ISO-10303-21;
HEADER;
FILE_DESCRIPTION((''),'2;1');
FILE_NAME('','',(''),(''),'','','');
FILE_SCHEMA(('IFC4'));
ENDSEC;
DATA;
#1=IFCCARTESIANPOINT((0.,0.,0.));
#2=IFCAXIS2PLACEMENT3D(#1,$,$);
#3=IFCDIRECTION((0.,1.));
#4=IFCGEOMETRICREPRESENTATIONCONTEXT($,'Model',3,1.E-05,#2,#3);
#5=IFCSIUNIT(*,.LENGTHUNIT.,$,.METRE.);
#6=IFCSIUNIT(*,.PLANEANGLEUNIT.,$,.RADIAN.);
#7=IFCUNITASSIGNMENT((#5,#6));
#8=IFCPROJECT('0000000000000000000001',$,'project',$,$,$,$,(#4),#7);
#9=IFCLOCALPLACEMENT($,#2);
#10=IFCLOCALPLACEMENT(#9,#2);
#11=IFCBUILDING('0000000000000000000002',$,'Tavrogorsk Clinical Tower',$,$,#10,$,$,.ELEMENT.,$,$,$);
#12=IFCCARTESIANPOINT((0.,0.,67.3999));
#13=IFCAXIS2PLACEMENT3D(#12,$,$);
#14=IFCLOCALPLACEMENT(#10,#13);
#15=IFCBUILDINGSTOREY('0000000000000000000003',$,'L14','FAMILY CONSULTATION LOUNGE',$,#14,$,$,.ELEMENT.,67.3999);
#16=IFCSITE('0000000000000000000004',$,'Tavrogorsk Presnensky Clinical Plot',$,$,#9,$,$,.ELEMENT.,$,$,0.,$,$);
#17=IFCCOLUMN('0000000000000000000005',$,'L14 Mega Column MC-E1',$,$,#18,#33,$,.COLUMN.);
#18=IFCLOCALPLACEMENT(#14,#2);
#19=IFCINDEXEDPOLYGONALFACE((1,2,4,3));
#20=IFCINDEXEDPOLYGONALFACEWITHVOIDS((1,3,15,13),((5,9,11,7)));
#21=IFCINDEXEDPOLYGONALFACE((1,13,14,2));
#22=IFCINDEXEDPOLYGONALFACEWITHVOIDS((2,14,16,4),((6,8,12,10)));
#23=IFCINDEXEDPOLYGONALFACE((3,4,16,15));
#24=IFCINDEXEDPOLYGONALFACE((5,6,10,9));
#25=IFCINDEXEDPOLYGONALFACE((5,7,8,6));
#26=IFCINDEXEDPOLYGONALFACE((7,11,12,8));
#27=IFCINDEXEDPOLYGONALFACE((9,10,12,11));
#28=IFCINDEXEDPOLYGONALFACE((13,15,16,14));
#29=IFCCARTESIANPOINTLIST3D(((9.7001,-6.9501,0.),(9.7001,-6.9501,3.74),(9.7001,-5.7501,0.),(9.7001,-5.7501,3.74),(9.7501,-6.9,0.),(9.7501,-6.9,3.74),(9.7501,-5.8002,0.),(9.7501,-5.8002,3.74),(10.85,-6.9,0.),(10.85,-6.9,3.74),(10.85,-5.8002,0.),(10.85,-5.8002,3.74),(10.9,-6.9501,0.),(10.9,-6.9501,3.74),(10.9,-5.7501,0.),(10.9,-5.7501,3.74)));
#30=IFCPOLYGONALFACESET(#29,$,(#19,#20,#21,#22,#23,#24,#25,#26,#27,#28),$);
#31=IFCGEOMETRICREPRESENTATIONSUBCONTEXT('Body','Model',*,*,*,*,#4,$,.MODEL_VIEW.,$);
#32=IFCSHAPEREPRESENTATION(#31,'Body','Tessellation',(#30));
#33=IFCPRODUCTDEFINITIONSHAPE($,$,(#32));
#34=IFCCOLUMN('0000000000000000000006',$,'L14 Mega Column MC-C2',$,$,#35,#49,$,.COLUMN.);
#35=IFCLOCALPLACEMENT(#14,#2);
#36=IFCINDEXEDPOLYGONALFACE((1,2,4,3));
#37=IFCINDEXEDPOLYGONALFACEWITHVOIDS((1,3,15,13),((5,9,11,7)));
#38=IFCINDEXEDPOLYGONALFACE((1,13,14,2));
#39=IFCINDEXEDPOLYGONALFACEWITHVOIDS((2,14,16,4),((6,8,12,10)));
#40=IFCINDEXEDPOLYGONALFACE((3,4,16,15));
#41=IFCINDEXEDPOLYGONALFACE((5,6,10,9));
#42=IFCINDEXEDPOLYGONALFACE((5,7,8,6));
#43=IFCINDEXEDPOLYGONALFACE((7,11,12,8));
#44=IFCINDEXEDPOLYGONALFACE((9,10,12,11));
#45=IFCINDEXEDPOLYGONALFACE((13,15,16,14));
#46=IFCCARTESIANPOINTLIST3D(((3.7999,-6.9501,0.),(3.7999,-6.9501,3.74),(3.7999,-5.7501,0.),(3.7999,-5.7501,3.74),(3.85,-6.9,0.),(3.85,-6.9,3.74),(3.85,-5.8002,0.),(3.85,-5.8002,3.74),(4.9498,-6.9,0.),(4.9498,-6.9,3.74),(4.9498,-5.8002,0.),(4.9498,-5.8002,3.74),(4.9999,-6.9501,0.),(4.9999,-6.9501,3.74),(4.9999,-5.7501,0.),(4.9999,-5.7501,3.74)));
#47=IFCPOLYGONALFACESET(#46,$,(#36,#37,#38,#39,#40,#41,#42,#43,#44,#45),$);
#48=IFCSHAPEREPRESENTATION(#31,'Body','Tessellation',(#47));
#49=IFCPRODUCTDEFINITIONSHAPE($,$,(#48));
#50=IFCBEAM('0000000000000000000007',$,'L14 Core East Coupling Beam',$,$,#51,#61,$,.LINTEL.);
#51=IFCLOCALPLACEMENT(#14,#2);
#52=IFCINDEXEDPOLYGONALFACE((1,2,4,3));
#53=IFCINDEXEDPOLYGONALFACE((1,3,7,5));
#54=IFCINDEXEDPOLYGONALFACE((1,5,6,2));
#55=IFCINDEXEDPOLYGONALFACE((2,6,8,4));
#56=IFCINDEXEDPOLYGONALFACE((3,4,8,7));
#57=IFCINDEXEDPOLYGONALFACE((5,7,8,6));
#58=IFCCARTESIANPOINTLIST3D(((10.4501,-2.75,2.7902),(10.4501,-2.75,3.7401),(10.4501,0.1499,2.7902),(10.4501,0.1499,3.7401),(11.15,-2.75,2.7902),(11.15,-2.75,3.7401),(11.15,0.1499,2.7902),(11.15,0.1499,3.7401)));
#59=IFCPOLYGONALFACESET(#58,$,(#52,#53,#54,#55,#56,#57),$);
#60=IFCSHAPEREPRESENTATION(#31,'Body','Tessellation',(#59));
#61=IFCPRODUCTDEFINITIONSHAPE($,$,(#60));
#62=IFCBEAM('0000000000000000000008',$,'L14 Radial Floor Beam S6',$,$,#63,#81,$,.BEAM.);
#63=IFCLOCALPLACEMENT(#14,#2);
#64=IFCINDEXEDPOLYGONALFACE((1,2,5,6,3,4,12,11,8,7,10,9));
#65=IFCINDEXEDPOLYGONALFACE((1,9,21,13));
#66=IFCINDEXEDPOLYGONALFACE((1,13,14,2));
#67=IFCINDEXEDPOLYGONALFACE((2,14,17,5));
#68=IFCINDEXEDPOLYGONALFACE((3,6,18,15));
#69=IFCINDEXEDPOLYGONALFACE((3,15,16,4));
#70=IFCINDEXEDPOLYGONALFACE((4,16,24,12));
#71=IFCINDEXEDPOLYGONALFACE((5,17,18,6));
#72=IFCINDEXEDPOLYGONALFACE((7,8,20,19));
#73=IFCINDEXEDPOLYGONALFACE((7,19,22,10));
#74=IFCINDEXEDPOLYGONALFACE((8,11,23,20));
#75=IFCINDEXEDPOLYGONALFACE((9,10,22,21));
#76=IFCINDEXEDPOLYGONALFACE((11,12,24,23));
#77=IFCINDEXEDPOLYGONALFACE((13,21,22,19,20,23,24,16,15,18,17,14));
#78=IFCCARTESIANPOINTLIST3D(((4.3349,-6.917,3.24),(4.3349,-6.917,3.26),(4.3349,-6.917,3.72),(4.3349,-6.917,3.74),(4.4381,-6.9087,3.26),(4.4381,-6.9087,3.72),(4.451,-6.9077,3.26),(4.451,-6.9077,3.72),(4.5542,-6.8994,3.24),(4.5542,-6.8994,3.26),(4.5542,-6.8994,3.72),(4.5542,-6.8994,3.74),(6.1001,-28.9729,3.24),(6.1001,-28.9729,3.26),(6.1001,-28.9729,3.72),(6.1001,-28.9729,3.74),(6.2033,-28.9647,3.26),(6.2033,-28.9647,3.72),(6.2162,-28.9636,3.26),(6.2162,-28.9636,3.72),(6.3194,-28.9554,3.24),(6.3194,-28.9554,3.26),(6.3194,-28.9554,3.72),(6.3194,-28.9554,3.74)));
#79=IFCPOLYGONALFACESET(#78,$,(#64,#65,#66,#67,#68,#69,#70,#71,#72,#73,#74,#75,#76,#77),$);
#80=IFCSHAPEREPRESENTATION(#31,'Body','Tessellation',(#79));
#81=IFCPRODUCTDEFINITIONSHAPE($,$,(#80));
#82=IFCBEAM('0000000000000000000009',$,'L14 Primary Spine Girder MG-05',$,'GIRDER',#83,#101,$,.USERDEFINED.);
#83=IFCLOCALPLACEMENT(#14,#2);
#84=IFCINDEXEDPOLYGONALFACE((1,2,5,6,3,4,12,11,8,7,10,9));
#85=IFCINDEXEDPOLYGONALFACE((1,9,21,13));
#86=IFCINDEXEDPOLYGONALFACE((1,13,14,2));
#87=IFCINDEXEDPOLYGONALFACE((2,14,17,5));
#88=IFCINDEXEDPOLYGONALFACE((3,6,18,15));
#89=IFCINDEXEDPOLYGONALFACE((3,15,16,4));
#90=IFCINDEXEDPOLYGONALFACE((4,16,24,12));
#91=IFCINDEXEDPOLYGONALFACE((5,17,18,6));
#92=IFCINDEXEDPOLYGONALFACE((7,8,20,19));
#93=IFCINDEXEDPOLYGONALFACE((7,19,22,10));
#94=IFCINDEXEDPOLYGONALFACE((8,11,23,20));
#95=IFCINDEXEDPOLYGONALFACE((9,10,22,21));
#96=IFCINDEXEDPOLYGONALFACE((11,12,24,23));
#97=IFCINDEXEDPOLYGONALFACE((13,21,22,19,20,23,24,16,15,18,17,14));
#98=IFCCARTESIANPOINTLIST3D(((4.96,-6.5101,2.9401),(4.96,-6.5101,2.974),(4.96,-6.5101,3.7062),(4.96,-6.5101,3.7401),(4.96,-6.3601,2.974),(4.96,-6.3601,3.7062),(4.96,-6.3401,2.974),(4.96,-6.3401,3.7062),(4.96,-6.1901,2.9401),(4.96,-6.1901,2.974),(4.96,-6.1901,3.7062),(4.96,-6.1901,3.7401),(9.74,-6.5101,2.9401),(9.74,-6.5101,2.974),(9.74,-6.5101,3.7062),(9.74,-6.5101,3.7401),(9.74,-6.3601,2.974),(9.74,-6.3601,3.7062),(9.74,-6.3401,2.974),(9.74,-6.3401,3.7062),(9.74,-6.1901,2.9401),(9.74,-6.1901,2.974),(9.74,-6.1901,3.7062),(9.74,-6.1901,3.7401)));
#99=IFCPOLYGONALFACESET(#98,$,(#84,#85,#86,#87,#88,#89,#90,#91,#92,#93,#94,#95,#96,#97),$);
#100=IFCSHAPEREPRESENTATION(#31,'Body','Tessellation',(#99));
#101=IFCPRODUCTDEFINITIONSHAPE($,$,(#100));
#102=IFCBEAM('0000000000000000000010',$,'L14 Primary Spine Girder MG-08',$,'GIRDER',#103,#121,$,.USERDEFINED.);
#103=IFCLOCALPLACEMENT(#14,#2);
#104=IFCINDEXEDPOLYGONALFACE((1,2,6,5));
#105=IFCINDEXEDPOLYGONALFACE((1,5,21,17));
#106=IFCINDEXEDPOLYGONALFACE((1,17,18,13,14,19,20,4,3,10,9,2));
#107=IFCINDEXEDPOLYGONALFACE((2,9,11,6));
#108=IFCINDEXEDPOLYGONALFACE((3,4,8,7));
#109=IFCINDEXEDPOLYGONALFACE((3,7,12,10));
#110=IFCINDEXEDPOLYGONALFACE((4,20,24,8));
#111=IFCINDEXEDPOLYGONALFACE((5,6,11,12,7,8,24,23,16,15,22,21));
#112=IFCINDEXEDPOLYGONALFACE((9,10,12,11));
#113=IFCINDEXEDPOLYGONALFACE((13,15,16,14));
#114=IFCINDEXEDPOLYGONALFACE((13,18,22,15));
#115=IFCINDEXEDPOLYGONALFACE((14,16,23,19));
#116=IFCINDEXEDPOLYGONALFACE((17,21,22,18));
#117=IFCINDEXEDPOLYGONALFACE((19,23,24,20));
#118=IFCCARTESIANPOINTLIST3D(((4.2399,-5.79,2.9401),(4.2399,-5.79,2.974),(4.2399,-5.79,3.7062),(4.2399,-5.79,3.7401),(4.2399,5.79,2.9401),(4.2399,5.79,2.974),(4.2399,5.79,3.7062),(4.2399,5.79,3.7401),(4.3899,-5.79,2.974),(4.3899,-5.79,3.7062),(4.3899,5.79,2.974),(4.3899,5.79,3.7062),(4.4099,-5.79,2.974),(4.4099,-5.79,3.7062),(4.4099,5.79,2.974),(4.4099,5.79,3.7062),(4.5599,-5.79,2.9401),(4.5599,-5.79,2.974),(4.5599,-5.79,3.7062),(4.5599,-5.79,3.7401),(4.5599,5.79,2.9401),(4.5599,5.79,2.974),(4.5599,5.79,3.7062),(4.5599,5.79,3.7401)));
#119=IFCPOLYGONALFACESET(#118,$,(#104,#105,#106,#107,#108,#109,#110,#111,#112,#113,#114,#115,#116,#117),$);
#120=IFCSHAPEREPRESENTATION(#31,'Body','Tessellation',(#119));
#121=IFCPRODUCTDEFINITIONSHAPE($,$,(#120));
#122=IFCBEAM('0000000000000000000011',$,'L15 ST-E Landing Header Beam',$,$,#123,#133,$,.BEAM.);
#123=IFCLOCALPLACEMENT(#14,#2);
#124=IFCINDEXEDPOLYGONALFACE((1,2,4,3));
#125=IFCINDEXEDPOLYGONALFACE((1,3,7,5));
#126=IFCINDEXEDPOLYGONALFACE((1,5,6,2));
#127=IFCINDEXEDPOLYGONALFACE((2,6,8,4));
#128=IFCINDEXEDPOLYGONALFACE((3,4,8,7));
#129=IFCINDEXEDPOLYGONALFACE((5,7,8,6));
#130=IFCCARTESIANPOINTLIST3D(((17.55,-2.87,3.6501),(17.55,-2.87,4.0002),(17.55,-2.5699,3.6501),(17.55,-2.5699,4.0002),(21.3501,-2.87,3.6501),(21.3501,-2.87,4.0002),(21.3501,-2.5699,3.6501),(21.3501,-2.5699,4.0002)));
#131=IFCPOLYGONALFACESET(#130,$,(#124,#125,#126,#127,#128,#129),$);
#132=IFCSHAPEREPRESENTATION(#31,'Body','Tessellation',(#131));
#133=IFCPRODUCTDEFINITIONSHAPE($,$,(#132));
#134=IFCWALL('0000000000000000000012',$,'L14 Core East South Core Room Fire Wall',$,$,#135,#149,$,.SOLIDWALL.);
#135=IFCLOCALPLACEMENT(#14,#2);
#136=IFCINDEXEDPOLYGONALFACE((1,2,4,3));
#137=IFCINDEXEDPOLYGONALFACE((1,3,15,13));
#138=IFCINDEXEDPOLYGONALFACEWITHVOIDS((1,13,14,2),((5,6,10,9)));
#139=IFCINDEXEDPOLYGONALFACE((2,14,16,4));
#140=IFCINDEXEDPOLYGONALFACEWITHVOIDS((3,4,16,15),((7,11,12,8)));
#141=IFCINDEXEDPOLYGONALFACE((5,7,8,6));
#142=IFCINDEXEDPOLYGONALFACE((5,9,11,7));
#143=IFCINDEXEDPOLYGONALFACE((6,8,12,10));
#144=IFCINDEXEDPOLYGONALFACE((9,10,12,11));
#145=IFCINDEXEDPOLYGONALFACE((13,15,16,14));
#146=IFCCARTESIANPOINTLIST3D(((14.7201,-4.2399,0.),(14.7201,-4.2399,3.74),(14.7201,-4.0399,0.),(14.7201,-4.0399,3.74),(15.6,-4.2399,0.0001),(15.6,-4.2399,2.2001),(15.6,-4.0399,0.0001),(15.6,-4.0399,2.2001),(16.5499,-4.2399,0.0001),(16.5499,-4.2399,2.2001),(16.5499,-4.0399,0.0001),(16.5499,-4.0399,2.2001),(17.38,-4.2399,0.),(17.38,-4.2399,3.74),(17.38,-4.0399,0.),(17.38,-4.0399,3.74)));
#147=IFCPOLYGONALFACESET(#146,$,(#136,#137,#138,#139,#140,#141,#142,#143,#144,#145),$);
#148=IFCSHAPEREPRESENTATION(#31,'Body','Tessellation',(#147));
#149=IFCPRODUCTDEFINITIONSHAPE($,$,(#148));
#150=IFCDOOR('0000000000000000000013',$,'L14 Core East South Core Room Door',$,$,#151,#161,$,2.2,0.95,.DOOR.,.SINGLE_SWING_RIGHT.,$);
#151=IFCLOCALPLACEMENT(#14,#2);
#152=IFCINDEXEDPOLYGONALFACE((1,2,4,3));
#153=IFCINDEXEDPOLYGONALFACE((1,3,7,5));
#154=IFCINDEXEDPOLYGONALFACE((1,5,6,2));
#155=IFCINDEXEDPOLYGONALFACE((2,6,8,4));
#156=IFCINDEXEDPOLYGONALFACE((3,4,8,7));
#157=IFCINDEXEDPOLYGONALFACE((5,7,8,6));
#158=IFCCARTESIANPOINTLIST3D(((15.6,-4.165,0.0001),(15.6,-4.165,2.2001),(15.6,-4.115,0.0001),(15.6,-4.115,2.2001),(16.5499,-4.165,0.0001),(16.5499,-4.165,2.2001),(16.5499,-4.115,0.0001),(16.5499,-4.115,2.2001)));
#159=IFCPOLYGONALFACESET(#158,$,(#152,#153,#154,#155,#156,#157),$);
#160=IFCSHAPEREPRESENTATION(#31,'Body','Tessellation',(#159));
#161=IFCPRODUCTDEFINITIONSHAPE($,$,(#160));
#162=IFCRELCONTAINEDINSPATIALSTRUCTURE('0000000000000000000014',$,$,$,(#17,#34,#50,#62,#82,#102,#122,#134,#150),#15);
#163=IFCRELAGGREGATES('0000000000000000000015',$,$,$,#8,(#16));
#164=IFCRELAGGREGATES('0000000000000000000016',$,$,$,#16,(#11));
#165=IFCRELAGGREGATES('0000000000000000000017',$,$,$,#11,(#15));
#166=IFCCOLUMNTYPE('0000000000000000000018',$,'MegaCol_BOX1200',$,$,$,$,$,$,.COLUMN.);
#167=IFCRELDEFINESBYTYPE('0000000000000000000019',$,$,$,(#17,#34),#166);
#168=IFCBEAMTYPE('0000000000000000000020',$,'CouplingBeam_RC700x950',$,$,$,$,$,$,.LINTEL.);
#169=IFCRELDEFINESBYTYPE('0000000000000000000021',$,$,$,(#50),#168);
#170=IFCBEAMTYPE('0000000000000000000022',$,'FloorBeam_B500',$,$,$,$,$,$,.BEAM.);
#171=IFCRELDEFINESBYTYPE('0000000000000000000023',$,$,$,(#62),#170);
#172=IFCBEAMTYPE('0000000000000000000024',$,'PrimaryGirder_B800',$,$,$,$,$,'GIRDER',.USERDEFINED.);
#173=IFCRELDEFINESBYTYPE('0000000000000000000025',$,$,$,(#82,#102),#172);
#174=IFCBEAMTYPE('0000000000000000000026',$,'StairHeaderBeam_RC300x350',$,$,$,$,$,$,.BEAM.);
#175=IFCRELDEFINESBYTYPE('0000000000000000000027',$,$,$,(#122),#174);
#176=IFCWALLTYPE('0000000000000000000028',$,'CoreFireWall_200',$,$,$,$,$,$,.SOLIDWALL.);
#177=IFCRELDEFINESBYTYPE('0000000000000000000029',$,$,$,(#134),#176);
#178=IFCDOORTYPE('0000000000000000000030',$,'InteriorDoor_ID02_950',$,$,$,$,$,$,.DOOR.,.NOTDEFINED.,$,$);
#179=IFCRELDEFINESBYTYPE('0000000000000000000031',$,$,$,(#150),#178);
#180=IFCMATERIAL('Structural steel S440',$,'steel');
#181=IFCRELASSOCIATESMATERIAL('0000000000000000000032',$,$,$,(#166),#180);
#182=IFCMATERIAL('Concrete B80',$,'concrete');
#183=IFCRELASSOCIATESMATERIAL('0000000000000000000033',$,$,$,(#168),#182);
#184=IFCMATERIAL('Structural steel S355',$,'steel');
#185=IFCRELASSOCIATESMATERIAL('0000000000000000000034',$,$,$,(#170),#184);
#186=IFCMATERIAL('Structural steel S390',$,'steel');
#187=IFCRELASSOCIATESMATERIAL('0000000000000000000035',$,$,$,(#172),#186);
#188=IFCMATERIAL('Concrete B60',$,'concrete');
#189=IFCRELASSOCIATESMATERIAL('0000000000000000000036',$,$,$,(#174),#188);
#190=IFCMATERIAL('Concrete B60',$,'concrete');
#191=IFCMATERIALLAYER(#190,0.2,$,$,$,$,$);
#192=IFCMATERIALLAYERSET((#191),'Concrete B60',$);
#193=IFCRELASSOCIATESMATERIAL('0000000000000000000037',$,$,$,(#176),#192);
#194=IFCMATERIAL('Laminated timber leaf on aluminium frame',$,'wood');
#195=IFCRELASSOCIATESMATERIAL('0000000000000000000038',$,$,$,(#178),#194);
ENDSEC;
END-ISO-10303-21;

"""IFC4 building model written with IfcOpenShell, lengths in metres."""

from ifc_helpers import new_model, si_unit, direction, frame, frame_2d, origin, origin_2d, place, context, subcontext, project, spatial, rectangle, hollow_rectangle, i_section, extrude, material, layer, layer_set, material_profile, profile_set, type_object, element, fill, save


model = new_model("IFC4")

# Units and contexts
model_context = context("Model", 3, precision=1e-05, world=origin(), true_north=direction((0.0, 1.0)))
body_context = subcontext(model_context, "Body", "Model", "MODEL_VIEW")
ifc_project = project(units=[si_unit("LENGTHUNIT", "METRE"), si_unit("PLANEANGLEUNIT", "RADIAN")], contexts=[model_context])

# Site, building, storey
site_placement = place(None, origin())
site = spatial("IfcSite", under=ifc_project, at=site_placement, Name="Tavrogorsk Presnensky Clinical Plot", CompositionType="ELEMENT", RefElevation=0.0)
building_placement = place(site_placement, origin())
building = spatial("IfcBuilding", under=site, at=building_placement, Name="Tavrogorsk Clinical Tower", CompositionType="ELEMENT")
storey_placement = place(building_placement, frame((0.0, 0.0, 67.3999)))
storey = spatial("IfcBuildingStorey", under=building, at=storey_placement, Name="L14", Description="FAMILY CONSULTATION LOUNGE", CompositionType="ELEMENT", Elevation=67.3999)

# Columns
ifc_material_1 = material(Name="Structural steel S440", Category="steel")
ifc_material_profile_1 = material_profile(ifc_material_1, hollow_rectangle(XDim=1.2, YDim=1.2, WallThickness=0.05, at=origin_2d()), Name="BOX-1200x1200x50")
ifc_profile_set_1 = profile_set([ifc_material_profile_1], Name="Structural steel S440")
column_type = type_object("IfcColumnType", Name="MegaCol_BOX1200", PredefinedType="COLUMN", material=ifc_profile_set_1)
for number, where, z_axis, x_axis, name in (
    (1, (10.3, -6.3501, 0.0), (0.0, 0.0, 1.0), (1.0, 0.0, 0.0), "L14 Mega Column MC-E1"),
    (2, (4.3999, -6.3501, 0.0), (0.0, 0.0, 1.0), (1.0, 0.0, 0.0), "L14 Mega Column MC-C2"),
):
    element("IfcColumn", number, at=place(storey_placement, frame(where, z_axis=z_axis, x_axis=x_axis)), inside=storey, type_object=column_type, Name=name, PredefinedType="COLUMN", context=body_context, shape_type="SweptSolid", body=[
        extrude(hollow_rectangle(XDim=1.2, YDim=1.2, WallThickness=0.05, at=origin_2d()), origin(), (0.0, 0.0, 1.0), 3.74),
    ])

# Beams
ifc_material_2 = material(Name="Concrete B80", Category="concrete")
ifc_material_profile_2 = material_profile(ifc_material_2, rectangle(XDim=0.7, YDim=0.95, at=origin_2d()), Name="RC-CB-700x950")
ifc_profile_set_2 = profile_set([ifc_material_profile_2], Name="Concrete B80")
beam_type_1 = type_object("IfcBeamType", Name="CouplingBeam_RC700x950", PredefinedType="LINTEL", material=ifc_profile_set_2)
beam_1_placement = place(storey_placement, frame((10.8, -2.75, 3.2651), z_axis=(0.0, 1.0, 0.0), x_axis=(-1.0, 0.0, 0.0)))
element("IfcBeam", 3, at=beam_1_placement, inside=storey, type_object=beam_type_1, Name="L14 Core East Coupling Beam", PredefinedType="LINTEL", context=body_context, shape_type="SweptSolid", body=[
    extrude(rectangle(XDim=0.7, YDim=0.95, at=origin_2d()), origin(), (0.0, 0.0, 1.0), 2.8999),
])
ifc_material_3 = material(Name="Structural steel S355", Category="steel")
ifc_material_profile_3 = material_profile(ifc_material_3, i_section(OverallWidth=0.22, OverallDepth=0.5, WebThickness=0.0129, FlangeThickness=0.02, at=origin_2d()), Name="B-500x220x13x20")
ifc_profile_set_3 = profile_set([ifc_material_profile_3], Name="Structural steel S355")
beam_type_2 = type_object("IfcBeamType", Name="FloorBeam_B500", PredefinedType="BEAM", material=ifc_profile_set_3)
beam_2_placement = place(storey_placement, frame((4.4446, -6.9082, 3.49), z_axis=(0.079775, -0.996813, 0.0), x_axis=(0.996813, 0.079775, 0.0)))
element("IfcBeam", 4, at=beam_2_placement, inside=storey, type_object=beam_type_2, Name="L14 Radial Floor Beam S6", PredefinedType="BEAM", context=body_context, shape_type="SweptSolid", body=[
    extrude(i_section(OverallWidth=0.22, OverallDepth=0.5, WebThickness=0.0129, FlangeThickness=0.02, at=origin_2d()), origin(), (0.0, 0.0, 1.0), 22.1265),
])
ifc_material_4 = material(Name="Structural steel S390", Category="steel")
ifc_material_profile_4 = material_profile(ifc_material_4, i_section(OverallWidth=0.3201, OverallDepth=0.8, WebThickness=0.02, FlangeThickness=0.0339, at=origin_2d()), Name="B-800x320x20x34")
ifc_profile_set_4 = profile_set([ifc_material_profile_4], Name="Structural steel S390")
beam_type_3 = type_object("IfcBeamType", Name="PrimaryGirder_B800", ElementType="GIRDER", PredefinedType="USERDEFINED", material=ifc_profile_set_4)
beam_3_placement = place(storey_placement, frame((4.96, -6.3501, 3.3401), z_axis=(1.0, 0.0, 0.0), x_axis=(0.0, 1.0, 0.0)))
element("IfcBeam", 5, at=beam_3_placement, inside=storey, type_object=beam_type_3, Name="L14 Primary Spine Girder MG-05", ObjectType="GIRDER", PredefinedType="USERDEFINED", context=body_context, shape_type="SweptSolid", body=[
    extrude(i_section(OverallWidth=0.3201, OverallDepth=0.8, WebThickness=0.02, FlangeThickness=0.0339, at=origin_2d()), origin(), (0.0, 0.0, 1.0), 4.78),
])
beam_4_placement = place(storey_placement, frame((4.3999, -5.79, 3.3401), z_axis=(0.0, 1.0, 0.0), x_axis=(-1.0, 0.0, 0.0)))
element("IfcBeam", 6, at=beam_4_placement, inside=storey, type_object=beam_type_3, Name="L14 Primary Spine Girder MG-08", ObjectType="GIRDER", PredefinedType="USERDEFINED", context=body_context, shape_type="SweptSolid", body=[
    extrude(i_section(OverallWidth=0.3201, OverallDepth=0.8, WebThickness=0.02, FlangeThickness=0.0339, at=origin_2d()), origin(), (0.0, 0.0, 1.0), 11.5801),
])
ifc_material_5 = material(Name="Concrete B60", Category="concrete")
ifc_material_profile_5 = material_profile(ifc_material_5, rectangle(XDim=0.3, YDim=0.3501, at=origin_2d()), Name="RC-SHB-300x350")
ifc_profile_set_5 = profile_set([ifc_material_profile_5], Name="Concrete B60")
beam_type_4 = type_object("IfcBeamType", Name="StairHeaderBeam_RC300x350", PredefinedType="BEAM", material=ifc_profile_set_5)
beam_5_placement = place(storey_placement, frame((17.55, -2.72, 3.8252), z_axis=(1.0, 0.0, 0.0), x_axis=(0.0, 1.0, 0.0)))
element("IfcBeam", 7, at=beam_5_placement, inside=storey, type_object=beam_type_4, Name="L15 ST-E Landing Header Beam", PredefinedType="BEAM", context=body_context, shape_type="SweptSolid", body=[
    extrude(rectangle(XDim=0.3, YDim=0.3501, at=origin_2d()), origin(), (0.0, 0.0, 1.0), 3.8),
])

# Wall, opening, door
ifc_material_6 = material(Name="Concrete B60", Category="concrete")
ifc_layer_1 = layer(ifc_material_6, 0.2)
ifc_layer_set_1 = layer_set([ifc_layer_1], Name="Concrete B60")
wall_type_1 = type_object("IfcWallType", Name="CoreFireWall_200", PredefinedType="SOLIDWALL", material=ifc_layer_set_1)
wall_1_placement = place(storey_placement, frame((14.72, -4.1399, 0.0), z_axis=(0.0, 0.0, 1.0), x_axis=(1.0, 0.0, 0.0)))
wall_1 = element("IfcWall", 8, at=wall_1_placement, inside=storey, type_object=wall_type_1, Name="L14 Core East South Core Room Fire Wall", PredefinedType="SOLIDWALL", context=body_context, shape_type="SweptSolid", body=[
    extrude(rectangle(XDim=2.6599, YDim=0.2, at=frame_2d((1.3301, 0.0))), origin(), (0.0, 0.0, 1.0), 3.74),
])
opening_1_placement = place(wall_1_placement, frame((0.8799, 0.0, 0.0)))
opening_1 = element("IfcOpeningElement", 9, at=opening_1_placement, cuts=wall_1, PredefinedType="OPENING", context=body_context, shape_type="SweptSolid", body=[
    extrude(rectangle(XDim=0.95, YDim=2.2, at=frame_2d((0.4751, 1.1001))), frame((0.0, 0.1099, 0.0), z_axis=(0.0, -1.0, 0.0), x_axis=(1.0, 0.0, 0.0)), (0.0, 0.0, 1.0), 0.22),
])
ifc_material_7 = material(Name="Laminated timber leaf on aluminium frame", Category="wood")
door_type_1 = type_object("IfcDoorType", Name="InteriorDoor_ID02_950", OperationType="NOTDEFINED", PredefinedType="DOOR", material=ifc_material_7)
door_1_placement = place(opening_1_placement, origin())
door_1 = element("IfcDoor", 10, at=door_1_placement, inside=storey, type_object=door_type_1, Name="L14 Core East South Core Room Door", OperationType="SINGLE_SWING_RIGHT", OverallHeight=2.2, OverallWidth=0.95, PredefinedType="DOOR", context=body_context, shape_type="SweptSolid", body=[
    extrude(rectangle(XDim=0.95, YDim=2.2, at=frame_2d((0.4751, 1.1001))), frame((0.0, 0.0249, 0.0), z_axis=(0.0, -1.0, 0.0), x_axis=(1.0, 0.0, 0.0)), (0.0, 0.0, 1.0), 0.05),
])
fill(opening_1, door_1)

save(model, "model.ifc")
